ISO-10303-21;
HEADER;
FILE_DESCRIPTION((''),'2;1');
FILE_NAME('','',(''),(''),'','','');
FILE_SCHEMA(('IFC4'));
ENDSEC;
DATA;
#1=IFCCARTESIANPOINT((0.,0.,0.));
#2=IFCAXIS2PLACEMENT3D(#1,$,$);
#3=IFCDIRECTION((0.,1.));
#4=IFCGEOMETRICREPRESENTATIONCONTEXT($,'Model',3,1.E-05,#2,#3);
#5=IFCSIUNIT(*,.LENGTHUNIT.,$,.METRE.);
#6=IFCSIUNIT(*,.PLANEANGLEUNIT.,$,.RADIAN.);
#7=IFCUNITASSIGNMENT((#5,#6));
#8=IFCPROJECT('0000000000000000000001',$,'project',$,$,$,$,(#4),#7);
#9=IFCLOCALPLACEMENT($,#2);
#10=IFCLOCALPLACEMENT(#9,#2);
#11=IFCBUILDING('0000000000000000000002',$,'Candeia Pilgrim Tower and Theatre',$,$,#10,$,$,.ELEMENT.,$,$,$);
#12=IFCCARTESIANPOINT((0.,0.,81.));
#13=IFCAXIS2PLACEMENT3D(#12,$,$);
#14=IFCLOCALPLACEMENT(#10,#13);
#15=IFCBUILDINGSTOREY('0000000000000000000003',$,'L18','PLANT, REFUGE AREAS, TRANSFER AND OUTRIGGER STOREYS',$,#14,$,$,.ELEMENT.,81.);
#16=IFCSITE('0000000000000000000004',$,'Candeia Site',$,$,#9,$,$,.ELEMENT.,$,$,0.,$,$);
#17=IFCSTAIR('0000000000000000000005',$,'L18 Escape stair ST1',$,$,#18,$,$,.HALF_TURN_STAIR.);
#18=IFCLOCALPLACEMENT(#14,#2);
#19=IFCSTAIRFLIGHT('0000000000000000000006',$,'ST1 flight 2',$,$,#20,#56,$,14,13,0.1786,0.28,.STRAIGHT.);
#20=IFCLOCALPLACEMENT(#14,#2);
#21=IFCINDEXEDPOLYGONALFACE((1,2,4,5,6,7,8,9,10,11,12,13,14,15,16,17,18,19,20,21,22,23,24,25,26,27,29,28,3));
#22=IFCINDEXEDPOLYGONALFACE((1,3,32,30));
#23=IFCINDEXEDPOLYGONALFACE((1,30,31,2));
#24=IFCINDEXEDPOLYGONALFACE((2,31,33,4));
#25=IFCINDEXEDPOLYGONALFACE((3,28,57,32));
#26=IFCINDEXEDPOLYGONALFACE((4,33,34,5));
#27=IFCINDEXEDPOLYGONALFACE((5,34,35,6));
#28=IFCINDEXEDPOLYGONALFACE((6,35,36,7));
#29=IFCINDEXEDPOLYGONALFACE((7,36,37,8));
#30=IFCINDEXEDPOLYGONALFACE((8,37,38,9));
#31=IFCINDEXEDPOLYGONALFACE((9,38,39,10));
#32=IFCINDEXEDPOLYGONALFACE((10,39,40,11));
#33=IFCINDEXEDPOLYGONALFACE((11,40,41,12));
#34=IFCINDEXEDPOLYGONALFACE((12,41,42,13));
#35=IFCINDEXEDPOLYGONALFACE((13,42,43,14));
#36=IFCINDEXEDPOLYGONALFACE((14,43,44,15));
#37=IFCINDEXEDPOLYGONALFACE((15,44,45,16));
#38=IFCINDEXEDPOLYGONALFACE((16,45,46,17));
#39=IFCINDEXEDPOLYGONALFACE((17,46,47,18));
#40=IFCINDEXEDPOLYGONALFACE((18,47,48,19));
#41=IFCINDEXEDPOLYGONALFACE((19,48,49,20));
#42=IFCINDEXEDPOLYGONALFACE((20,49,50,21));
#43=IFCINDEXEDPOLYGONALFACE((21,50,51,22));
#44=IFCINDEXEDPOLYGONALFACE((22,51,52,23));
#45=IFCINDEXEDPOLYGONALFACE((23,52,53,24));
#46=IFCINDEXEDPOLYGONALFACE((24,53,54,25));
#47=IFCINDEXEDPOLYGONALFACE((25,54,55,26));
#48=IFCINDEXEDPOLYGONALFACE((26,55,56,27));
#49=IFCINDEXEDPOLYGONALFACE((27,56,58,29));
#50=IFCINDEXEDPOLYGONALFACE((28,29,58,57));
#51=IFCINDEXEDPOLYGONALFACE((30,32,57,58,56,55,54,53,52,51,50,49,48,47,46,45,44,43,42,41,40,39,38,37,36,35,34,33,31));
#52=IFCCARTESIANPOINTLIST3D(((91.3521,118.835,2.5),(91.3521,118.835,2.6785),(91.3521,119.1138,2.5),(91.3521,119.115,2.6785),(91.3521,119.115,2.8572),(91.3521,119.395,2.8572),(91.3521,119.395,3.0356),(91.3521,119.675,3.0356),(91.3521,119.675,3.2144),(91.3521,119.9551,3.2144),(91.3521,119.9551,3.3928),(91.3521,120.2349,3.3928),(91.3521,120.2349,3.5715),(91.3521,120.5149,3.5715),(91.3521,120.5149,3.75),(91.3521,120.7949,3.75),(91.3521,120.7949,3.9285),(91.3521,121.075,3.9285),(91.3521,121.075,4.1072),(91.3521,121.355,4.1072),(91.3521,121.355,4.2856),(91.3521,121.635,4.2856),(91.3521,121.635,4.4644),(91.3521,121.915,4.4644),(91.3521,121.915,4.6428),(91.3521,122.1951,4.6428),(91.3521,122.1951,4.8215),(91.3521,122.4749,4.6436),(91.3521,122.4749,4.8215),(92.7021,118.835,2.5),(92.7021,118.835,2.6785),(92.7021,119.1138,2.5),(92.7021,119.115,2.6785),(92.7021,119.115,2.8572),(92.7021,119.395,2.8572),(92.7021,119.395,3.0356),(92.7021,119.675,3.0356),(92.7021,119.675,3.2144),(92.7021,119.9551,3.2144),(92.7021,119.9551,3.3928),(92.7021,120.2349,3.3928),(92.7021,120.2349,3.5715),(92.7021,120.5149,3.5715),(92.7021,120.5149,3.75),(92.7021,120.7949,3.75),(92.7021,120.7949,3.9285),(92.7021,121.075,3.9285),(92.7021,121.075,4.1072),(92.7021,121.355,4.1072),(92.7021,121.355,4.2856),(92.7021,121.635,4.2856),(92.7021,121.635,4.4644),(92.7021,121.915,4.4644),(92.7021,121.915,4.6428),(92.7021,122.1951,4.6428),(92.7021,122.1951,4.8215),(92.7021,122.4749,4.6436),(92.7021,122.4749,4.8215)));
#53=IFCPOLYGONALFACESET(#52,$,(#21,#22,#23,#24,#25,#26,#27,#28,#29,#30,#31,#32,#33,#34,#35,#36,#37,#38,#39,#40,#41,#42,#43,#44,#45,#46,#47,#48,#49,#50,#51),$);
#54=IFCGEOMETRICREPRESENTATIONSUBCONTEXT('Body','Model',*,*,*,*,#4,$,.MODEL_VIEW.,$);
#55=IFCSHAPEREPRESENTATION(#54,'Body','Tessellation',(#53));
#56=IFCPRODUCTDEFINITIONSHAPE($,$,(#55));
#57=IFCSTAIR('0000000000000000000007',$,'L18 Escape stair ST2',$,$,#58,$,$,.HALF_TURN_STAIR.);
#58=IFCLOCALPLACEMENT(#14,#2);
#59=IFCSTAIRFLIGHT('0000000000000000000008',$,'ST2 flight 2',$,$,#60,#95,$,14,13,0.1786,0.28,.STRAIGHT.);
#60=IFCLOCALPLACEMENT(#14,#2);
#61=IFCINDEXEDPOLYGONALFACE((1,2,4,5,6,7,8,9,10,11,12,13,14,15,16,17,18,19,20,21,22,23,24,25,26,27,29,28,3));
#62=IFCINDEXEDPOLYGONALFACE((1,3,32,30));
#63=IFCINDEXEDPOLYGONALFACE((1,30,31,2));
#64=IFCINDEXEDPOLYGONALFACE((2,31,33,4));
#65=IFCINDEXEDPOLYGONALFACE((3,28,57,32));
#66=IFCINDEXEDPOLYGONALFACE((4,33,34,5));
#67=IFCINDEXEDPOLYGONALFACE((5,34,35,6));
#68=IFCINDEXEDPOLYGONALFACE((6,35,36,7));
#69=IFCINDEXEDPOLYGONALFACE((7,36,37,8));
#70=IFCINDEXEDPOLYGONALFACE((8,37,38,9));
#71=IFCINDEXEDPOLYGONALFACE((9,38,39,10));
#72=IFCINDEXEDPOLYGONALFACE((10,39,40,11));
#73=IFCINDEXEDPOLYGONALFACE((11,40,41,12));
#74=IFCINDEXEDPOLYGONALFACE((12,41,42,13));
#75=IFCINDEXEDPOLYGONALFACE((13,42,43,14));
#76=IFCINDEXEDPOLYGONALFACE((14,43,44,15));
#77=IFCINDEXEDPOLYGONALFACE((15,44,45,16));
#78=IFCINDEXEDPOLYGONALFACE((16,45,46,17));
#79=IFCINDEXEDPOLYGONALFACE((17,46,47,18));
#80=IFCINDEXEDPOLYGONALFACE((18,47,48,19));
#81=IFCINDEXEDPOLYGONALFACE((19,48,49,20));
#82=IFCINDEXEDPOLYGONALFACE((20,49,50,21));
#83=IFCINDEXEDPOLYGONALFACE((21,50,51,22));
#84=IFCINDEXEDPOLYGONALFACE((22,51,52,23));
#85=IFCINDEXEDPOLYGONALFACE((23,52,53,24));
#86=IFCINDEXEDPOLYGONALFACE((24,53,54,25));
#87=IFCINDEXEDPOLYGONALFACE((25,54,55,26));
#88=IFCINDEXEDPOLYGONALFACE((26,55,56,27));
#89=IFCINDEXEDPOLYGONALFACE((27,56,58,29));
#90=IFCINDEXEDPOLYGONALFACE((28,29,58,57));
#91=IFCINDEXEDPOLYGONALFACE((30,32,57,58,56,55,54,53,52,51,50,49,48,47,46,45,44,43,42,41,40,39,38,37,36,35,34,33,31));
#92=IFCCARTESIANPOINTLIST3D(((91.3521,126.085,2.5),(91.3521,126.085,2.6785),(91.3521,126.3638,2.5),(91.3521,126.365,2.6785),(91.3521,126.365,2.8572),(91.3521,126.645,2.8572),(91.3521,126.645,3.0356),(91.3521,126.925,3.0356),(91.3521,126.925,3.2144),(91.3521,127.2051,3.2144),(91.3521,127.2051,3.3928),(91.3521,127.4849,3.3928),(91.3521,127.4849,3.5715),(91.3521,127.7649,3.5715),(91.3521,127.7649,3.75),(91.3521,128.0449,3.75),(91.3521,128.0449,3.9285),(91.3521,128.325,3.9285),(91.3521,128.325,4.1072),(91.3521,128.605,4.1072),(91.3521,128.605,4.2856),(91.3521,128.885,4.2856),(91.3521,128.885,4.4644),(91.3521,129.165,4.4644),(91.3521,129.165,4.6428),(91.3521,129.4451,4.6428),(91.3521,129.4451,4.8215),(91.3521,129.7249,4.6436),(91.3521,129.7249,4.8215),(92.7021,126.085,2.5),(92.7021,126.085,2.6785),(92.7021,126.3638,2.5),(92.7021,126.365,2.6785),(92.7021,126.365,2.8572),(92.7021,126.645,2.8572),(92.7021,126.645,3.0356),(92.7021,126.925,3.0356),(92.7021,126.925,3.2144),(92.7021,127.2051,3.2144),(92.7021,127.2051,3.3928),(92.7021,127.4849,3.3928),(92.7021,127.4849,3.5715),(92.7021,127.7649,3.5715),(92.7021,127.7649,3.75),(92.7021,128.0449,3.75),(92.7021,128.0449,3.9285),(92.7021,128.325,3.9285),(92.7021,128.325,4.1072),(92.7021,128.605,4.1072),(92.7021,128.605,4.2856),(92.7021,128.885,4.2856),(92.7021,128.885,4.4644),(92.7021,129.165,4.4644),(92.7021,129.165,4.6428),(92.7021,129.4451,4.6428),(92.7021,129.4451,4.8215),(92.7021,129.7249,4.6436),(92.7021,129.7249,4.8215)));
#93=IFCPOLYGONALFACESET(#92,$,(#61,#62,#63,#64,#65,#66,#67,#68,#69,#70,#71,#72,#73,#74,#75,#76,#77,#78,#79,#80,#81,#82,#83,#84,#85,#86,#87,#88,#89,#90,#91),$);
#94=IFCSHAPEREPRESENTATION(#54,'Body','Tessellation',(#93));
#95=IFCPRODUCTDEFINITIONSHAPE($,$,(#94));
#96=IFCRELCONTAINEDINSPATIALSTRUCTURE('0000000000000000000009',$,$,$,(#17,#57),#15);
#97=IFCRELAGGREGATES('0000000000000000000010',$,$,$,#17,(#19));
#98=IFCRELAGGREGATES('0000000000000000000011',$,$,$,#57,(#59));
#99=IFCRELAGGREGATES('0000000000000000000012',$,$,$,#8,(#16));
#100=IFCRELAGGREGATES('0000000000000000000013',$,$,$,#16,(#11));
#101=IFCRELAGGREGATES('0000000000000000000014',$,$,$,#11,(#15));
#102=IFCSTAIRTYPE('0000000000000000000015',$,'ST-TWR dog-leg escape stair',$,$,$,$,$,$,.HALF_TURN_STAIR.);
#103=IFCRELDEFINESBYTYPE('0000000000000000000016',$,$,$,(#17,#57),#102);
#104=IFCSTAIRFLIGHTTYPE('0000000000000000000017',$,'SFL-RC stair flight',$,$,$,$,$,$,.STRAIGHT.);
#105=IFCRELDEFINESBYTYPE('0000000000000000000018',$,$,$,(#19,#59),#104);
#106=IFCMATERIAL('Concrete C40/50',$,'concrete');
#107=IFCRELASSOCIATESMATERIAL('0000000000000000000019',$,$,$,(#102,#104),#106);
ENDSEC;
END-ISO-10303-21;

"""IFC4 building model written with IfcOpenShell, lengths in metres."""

from ifc_helpers import new_model, si_unit, direction, frame, origin, place, context, subcontext, project, spatial, polyline, outline, extrude, material, type_object, element, aggregate, save


model = new_model("IFC4")

# Units and contexts
model_context = context("Model", 3, precision=1e-05, world=origin(), true_north=direction((0.0, 1.0)))
body_context = subcontext(model_context, "Body", "Model", "MODEL_VIEW")
ifc_project = project(units=[si_unit("LENGTHUNIT", "METRE"), si_unit("PLANEANGLEUNIT", "RADIAN")], contexts=[model_context])

# Site, building, storey
site_placement = place(None, origin())
site = spatial("IfcSite", under=ifc_project, at=site_placement, Name="Candeia Site", CompositionType="ELEMENT", RefElevation=0.0)
building_placement = place(site_placement, origin())
building = spatial("IfcBuilding", under=site, at=building_placement, Name="Candeia Pilgrim Tower and Theatre", CompositionType="ELEMENT")
storey_placement = place(building_placement, frame((0.0, 0.0, 81.0)))
storey = spatial("IfcBuildingStorey", under=building, at=storey_placement, Name="L18", Description="PLANT, REFUGE AREAS, TRANSFER AND OUTRIGGER STOREYS", CompositionType="ELEMENT", Elevation=81.0)

# Shared definitions
ifc_material_1 = material(Name="Concrete C40/50", Category="concrete")

# Stairs, stair flights
stair_type = type_object("IfcStairType", Name="ST-TWR dog-leg escape stair", PredefinedType="HALF_TURN_STAIR", material=ifc_material_1)
stair_1_placement = place(storey_placement, origin())
stair_1 = element("IfcStair", 1, at=stair_1_placement, inside=storey, type_object=stair_type, Name="L18 Escape stair ST1", PredefinedType="HALF_TURN_STAIR")
stair_flight_type = type_object("IfcStairFlightType", Name="SFL-RC stair flight", PredefinedType="STRAIGHT", material=ifc_material_1)
stair_flight_1_placement = place(storey_placement, frame((92.0271, 118.835, 2.5), z_axis=(0.0, 0.0, 1.0), x_axis=(0.0, 1.0, 0.0)))
stair_flight_1 = element("IfcStairFlight", 2, at=stair_flight_1_placement, type_object=stair_flight_type, Name="ST1 flight 2", NumberOfRisers=14, NumberOfTreads=13, PredefinedType="STRAIGHT", RiserHeight=0.1786, TreadLength=0.28, context=body_context, shape_type="SweptSolid", body=[
    extrude(outline(polyline([(0.0, 0.0), (0.0, 0.1785), (0.28, 0.1785), (0.28, 0.3572), (0.5601, 0.3572), (0.5601, 0.5356), (0.8401, 0.5356), (0.8401, 0.7144), (1.1201, 0.7144), (1.1201, 0.8928), (1.3999, 0.8928), (1.3999, 1.0715), (1.6799, 1.0715), (1.6799, 1.25), (1.96, 1.25), (1.96, 1.4285), (2.24, 1.4285), (2.24, 1.6072), (2.52, 1.6072), (2.52, 1.7856), (2.8, 1.7856), (2.8, 1.9644), (3.0801, 1.9644), (3.0801, 2.1428), (3.3601, 2.1428), (3.3601, 2.3215), (3.6399, 2.3215), (3.6399, 2.5), (3.6399, 2.1436), (0.2788, 0.0), (0.0, 0.0)])), frame((0.0, 0.675, 0.0), z_axis=(0.0, -1.0, 0.0), x_axis=(1.0, 0.0, 0.0)), (0.0, 0.0, 1.0), 1.3501),
])
aggregate(stair_1, [stair_flight_1])
stair_2_placement = place(storey_placement, origin())
stair_2 = element("IfcStair", 3, at=stair_2_placement, inside=storey, type_object=stair_type, Name="L18 Escape stair ST2", PredefinedType="HALF_TURN_STAIR")
stair_flight_2_placement = place(storey_placement, frame((92.0271, 126.085, 2.5), z_axis=(0.0, 0.0, 1.0), x_axis=(0.0, 1.0, 0.0)))
stair_flight_2 = element("IfcStairFlight", 4, at=stair_flight_2_placement, type_object=stair_flight_type, Name="ST2 flight 2", NumberOfRisers=14, NumberOfTreads=13, PredefinedType="STRAIGHT", RiserHeight=0.1786, TreadLength=0.28, context=body_context, shape_type="SweptSolid", body=[
    extrude(outline(polyline([(0.0, 0.0), (0.0, 0.1785), (0.28, 0.1785), (0.28, 0.3572), (0.5601, 0.3572), (0.5601, 0.5356), (0.8401, 0.5356), (0.8401, 0.7144), (1.1201, 0.7144), (1.1201, 0.8928), (1.3999, 0.8928), (1.3999, 1.0715), (1.6799, 1.0715), (1.6799, 1.25), (1.96, 1.25), (1.96, 1.4285), (2.24, 1.4285), (2.24, 1.6072), (2.52, 1.6072), (2.52, 1.7856), (2.8, 1.7856), (2.8, 1.9644), (3.0801, 1.9644), (3.0801, 2.1428), (3.3601, 2.1428), (3.3601, 2.3215), (3.6399, 2.3215), (3.6399, 2.5), (3.6399, 2.1436), (0.2788, 0.0), (0.0, 0.0)])), frame((0.0, 0.675, 0.0), z_axis=(0.0, -1.0, 0.0), x_axis=(1.0, 0.0, 0.0)), (0.0, 0.0, 1.0), 1.3501),
])
aggregate(stair_2, [stair_flight_2])

save(model, "model.ifc")
